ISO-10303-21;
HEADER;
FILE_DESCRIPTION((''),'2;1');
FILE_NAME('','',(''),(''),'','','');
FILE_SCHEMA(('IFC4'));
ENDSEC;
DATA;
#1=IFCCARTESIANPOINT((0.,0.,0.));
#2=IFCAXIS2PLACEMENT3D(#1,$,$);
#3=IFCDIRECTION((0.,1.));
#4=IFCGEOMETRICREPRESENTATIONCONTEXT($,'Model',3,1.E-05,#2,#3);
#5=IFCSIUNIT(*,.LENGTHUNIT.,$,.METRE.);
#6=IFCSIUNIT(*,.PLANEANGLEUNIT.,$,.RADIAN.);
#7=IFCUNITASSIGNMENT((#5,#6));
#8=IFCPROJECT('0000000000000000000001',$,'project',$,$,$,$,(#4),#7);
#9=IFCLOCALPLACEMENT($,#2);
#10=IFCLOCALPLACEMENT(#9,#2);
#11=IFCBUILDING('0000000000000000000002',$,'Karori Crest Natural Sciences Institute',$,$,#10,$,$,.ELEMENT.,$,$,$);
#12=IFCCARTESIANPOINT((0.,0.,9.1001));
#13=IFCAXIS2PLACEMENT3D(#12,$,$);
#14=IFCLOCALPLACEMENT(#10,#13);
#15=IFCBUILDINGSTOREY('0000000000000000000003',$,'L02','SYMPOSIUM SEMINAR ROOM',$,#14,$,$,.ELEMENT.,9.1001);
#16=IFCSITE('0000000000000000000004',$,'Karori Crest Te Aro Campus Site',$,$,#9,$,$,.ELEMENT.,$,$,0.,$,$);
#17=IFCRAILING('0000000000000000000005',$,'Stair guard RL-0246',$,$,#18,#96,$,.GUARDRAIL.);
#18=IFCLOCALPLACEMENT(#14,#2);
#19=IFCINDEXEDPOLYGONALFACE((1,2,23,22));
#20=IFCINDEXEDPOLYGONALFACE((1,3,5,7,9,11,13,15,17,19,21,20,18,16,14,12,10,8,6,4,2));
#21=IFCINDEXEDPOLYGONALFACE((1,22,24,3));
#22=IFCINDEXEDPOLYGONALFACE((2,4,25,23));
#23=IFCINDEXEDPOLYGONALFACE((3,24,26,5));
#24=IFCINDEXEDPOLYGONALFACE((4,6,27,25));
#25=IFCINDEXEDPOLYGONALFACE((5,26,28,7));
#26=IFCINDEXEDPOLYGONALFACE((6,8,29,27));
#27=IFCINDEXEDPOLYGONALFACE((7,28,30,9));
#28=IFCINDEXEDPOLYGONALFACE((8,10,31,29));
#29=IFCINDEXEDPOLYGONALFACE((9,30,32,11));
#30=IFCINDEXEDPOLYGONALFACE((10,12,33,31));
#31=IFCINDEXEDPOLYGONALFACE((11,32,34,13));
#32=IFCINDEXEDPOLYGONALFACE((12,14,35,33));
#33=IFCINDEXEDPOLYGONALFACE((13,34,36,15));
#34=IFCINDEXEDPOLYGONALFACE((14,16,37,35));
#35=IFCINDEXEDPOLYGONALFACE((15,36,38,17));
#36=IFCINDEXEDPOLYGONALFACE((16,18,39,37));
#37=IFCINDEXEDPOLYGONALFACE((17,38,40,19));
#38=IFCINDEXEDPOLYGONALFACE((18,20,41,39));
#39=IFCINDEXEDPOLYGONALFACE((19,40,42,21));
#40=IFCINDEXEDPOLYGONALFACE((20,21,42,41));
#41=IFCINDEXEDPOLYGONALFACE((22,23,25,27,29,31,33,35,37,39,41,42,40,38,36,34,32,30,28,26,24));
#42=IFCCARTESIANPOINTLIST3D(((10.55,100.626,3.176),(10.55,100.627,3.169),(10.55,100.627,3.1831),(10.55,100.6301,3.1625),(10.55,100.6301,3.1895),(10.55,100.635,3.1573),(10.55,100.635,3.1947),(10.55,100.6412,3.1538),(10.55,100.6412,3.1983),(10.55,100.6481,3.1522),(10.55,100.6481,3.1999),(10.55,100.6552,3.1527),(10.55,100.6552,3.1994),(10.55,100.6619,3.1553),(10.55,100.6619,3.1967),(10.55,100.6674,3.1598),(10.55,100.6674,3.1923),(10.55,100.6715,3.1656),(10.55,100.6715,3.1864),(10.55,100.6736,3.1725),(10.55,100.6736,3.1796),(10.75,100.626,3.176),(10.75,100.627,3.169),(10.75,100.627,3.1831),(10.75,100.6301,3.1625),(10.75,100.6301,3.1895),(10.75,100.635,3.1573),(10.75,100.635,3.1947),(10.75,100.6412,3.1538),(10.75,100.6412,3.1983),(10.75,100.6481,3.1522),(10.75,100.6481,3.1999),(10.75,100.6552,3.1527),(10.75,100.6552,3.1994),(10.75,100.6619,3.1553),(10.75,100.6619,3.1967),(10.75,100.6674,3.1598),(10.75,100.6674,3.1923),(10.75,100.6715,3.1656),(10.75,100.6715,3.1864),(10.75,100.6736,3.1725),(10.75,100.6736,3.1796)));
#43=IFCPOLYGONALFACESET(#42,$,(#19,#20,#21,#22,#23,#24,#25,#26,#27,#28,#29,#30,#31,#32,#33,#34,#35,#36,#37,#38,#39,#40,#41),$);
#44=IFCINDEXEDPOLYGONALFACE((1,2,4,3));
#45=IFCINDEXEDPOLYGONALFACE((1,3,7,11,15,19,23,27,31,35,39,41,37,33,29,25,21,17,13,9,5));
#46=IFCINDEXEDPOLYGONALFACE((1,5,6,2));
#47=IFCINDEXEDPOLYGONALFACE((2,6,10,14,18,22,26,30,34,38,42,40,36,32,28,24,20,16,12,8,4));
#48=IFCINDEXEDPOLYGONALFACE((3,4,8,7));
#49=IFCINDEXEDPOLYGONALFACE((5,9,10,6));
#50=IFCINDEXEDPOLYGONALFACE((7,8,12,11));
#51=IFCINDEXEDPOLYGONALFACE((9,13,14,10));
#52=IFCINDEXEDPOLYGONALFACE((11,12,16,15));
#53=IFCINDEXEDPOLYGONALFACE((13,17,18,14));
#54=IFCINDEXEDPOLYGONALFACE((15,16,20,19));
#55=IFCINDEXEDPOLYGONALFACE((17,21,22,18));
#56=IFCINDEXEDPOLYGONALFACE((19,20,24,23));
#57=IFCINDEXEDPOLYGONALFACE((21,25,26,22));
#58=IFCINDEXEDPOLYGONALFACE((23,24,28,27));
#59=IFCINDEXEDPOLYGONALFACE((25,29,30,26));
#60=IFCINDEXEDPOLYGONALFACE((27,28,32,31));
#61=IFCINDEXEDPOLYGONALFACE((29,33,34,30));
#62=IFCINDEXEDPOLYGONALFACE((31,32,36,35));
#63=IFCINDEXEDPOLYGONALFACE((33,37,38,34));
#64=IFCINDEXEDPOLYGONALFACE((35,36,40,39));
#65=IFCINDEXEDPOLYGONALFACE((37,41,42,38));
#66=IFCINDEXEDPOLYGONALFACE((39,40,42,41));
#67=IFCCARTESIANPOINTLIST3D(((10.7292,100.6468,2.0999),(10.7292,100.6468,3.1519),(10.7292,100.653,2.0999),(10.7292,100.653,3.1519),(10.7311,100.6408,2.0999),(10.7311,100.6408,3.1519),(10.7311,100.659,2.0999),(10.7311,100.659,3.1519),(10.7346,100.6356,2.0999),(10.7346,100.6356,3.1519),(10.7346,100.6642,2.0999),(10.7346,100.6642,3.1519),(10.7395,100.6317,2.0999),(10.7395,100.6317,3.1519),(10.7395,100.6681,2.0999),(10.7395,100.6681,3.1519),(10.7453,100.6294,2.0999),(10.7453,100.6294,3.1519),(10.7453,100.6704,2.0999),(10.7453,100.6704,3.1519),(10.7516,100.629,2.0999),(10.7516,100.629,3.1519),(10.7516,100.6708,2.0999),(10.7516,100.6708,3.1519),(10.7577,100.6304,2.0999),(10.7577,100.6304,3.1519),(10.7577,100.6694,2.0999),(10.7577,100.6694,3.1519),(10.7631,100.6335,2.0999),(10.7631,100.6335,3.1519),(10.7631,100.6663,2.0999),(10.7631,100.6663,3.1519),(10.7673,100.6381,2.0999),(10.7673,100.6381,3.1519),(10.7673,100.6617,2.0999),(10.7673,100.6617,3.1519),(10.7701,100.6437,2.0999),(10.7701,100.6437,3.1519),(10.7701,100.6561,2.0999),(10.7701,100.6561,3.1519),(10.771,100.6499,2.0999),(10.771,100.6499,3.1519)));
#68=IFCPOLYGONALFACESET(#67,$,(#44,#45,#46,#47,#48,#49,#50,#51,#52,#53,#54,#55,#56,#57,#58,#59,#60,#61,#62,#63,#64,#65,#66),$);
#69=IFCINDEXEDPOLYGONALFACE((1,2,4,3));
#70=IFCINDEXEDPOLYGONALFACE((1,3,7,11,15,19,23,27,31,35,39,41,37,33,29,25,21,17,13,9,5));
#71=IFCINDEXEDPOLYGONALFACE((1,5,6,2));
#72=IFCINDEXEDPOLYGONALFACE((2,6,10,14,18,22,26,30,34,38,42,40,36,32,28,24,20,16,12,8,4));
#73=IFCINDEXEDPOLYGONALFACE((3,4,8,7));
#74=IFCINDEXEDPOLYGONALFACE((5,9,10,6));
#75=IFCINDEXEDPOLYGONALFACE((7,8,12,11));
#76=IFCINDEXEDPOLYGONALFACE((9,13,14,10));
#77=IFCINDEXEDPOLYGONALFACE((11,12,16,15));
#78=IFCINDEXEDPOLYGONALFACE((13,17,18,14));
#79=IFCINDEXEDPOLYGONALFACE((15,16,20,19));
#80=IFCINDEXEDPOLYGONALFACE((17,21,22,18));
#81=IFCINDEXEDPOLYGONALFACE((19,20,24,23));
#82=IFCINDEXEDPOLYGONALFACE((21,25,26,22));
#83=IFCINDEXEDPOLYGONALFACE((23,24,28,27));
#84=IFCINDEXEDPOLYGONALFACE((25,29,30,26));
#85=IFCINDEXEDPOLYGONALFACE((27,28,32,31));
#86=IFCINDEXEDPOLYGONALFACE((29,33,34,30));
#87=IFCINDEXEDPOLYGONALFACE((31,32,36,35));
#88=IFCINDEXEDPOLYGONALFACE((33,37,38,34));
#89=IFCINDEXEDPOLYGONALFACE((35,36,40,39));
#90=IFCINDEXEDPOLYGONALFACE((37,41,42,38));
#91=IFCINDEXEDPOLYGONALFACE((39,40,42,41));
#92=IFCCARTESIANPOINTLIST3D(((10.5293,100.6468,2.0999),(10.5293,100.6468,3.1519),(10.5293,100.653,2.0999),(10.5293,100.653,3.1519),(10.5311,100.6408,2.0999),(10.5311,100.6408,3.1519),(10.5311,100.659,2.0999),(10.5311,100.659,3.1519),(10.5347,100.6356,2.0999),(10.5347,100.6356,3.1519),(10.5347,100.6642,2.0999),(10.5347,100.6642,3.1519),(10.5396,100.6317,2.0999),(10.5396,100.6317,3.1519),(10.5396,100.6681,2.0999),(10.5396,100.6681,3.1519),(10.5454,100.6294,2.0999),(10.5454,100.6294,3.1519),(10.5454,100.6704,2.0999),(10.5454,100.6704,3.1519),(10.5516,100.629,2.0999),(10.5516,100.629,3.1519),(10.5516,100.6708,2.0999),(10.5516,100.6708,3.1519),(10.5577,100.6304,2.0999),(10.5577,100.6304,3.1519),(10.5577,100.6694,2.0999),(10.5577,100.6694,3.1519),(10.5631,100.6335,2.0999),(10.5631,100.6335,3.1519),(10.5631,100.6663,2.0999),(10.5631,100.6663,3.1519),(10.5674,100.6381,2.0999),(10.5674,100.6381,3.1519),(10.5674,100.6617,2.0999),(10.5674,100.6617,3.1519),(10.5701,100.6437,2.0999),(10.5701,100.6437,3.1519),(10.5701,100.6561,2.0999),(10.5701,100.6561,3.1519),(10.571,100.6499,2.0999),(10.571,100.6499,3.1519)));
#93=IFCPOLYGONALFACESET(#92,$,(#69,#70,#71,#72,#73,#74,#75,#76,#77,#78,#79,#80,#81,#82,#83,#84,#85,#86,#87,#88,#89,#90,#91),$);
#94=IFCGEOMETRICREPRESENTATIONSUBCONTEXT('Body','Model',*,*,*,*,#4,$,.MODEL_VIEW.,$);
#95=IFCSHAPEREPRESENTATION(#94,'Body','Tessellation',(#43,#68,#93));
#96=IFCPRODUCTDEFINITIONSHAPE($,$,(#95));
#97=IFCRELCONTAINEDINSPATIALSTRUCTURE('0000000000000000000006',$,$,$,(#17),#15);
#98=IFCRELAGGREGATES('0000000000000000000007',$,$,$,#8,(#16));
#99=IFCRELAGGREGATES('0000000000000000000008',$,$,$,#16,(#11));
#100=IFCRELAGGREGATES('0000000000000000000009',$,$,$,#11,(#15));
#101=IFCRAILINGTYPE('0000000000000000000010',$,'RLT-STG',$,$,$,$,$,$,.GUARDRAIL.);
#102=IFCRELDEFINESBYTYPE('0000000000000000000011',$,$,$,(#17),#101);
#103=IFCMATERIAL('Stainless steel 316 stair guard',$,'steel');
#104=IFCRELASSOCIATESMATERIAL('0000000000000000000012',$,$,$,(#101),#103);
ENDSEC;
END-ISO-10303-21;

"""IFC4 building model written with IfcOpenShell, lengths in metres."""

from ifc_helpers import new_model, si_unit, direction, frame, origin, origin_2d, place, context, subcontext, project, spatial, circle, extrude, material, type_object, element, save


model = new_model("IFC4")

# Units and contexts
model_context = context("Model", 3, precision=1e-05, world=origin(), true_north=direction((0.0, 1.0)))
body_context = subcontext(model_context, "Body", "Model", "MODEL_VIEW")
ifc_project = project(units=[si_unit("LENGTHUNIT", "METRE"), si_unit("PLANEANGLEUNIT", "RADIAN")], contexts=[model_context])

# Site, building, storey
site_placement = place(None, origin())
site = spatial("IfcSite", under=ifc_project, at=site_placement, Name="Karori Crest Te Aro Campus Site", CompositionType="ELEMENT", RefElevation=0.0)
building_placement = place(site_placement, origin())
building = spatial("IfcBuilding", under=site, at=building_placement, Name="Karori Crest Natural Sciences Institute", CompositionType="ELEMENT")
storey_placement = place(building_placement, frame((0.0, 0.0, 9.1001)))
storey = spatial("IfcBuildingStorey", under=building, at=storey_placement, Name="L02", Description="SYMPOSIUM SEMINAR ROOM", CompositionType="ELEMENT", Elevation=9.1001)

# Railing
ifc_material_1 = material(Name="Stainless steel 316 stair guard", Category="steel")
railing_type_1 = type_object("IfcRailingType", Name="RLT-STG", PredefinedType="GUARDRAIL", material=ifc_material_1)
railing_1_placement = place(storey_placement, frame((10.75, 100.6499, 2.0999)))
element("IfcRailing", 1, at=railing_1_placement, inside=storey, type_object=railing_type_1, Name="Stair guard RL-0246", PredefinedType="GUARDRAIL", context=body_context, shape_type="SweptSolid", body=[
    extrude(circle(Radius=0.0239, at=origin_2d()), frame((0.0, 0.0, 1.0762), z_axis=(-1.0, 0.0, 0.0), x_axis=(0.0, -1.0, 0.0)), (0.0, 0.0, 1.0), 0.2),
    extrude(circle(Radius=0.021, at=origin_2d()), origin(), (0.0, 0.0, 1.0), 1.052),
    extrude(circle(Radius=0.021, at=origin_2d()), frame((-0.2, 0.0, 0.0)), (0.0, 0.0, 1.0), 1.052),
])

save(model, "model.ifc")
